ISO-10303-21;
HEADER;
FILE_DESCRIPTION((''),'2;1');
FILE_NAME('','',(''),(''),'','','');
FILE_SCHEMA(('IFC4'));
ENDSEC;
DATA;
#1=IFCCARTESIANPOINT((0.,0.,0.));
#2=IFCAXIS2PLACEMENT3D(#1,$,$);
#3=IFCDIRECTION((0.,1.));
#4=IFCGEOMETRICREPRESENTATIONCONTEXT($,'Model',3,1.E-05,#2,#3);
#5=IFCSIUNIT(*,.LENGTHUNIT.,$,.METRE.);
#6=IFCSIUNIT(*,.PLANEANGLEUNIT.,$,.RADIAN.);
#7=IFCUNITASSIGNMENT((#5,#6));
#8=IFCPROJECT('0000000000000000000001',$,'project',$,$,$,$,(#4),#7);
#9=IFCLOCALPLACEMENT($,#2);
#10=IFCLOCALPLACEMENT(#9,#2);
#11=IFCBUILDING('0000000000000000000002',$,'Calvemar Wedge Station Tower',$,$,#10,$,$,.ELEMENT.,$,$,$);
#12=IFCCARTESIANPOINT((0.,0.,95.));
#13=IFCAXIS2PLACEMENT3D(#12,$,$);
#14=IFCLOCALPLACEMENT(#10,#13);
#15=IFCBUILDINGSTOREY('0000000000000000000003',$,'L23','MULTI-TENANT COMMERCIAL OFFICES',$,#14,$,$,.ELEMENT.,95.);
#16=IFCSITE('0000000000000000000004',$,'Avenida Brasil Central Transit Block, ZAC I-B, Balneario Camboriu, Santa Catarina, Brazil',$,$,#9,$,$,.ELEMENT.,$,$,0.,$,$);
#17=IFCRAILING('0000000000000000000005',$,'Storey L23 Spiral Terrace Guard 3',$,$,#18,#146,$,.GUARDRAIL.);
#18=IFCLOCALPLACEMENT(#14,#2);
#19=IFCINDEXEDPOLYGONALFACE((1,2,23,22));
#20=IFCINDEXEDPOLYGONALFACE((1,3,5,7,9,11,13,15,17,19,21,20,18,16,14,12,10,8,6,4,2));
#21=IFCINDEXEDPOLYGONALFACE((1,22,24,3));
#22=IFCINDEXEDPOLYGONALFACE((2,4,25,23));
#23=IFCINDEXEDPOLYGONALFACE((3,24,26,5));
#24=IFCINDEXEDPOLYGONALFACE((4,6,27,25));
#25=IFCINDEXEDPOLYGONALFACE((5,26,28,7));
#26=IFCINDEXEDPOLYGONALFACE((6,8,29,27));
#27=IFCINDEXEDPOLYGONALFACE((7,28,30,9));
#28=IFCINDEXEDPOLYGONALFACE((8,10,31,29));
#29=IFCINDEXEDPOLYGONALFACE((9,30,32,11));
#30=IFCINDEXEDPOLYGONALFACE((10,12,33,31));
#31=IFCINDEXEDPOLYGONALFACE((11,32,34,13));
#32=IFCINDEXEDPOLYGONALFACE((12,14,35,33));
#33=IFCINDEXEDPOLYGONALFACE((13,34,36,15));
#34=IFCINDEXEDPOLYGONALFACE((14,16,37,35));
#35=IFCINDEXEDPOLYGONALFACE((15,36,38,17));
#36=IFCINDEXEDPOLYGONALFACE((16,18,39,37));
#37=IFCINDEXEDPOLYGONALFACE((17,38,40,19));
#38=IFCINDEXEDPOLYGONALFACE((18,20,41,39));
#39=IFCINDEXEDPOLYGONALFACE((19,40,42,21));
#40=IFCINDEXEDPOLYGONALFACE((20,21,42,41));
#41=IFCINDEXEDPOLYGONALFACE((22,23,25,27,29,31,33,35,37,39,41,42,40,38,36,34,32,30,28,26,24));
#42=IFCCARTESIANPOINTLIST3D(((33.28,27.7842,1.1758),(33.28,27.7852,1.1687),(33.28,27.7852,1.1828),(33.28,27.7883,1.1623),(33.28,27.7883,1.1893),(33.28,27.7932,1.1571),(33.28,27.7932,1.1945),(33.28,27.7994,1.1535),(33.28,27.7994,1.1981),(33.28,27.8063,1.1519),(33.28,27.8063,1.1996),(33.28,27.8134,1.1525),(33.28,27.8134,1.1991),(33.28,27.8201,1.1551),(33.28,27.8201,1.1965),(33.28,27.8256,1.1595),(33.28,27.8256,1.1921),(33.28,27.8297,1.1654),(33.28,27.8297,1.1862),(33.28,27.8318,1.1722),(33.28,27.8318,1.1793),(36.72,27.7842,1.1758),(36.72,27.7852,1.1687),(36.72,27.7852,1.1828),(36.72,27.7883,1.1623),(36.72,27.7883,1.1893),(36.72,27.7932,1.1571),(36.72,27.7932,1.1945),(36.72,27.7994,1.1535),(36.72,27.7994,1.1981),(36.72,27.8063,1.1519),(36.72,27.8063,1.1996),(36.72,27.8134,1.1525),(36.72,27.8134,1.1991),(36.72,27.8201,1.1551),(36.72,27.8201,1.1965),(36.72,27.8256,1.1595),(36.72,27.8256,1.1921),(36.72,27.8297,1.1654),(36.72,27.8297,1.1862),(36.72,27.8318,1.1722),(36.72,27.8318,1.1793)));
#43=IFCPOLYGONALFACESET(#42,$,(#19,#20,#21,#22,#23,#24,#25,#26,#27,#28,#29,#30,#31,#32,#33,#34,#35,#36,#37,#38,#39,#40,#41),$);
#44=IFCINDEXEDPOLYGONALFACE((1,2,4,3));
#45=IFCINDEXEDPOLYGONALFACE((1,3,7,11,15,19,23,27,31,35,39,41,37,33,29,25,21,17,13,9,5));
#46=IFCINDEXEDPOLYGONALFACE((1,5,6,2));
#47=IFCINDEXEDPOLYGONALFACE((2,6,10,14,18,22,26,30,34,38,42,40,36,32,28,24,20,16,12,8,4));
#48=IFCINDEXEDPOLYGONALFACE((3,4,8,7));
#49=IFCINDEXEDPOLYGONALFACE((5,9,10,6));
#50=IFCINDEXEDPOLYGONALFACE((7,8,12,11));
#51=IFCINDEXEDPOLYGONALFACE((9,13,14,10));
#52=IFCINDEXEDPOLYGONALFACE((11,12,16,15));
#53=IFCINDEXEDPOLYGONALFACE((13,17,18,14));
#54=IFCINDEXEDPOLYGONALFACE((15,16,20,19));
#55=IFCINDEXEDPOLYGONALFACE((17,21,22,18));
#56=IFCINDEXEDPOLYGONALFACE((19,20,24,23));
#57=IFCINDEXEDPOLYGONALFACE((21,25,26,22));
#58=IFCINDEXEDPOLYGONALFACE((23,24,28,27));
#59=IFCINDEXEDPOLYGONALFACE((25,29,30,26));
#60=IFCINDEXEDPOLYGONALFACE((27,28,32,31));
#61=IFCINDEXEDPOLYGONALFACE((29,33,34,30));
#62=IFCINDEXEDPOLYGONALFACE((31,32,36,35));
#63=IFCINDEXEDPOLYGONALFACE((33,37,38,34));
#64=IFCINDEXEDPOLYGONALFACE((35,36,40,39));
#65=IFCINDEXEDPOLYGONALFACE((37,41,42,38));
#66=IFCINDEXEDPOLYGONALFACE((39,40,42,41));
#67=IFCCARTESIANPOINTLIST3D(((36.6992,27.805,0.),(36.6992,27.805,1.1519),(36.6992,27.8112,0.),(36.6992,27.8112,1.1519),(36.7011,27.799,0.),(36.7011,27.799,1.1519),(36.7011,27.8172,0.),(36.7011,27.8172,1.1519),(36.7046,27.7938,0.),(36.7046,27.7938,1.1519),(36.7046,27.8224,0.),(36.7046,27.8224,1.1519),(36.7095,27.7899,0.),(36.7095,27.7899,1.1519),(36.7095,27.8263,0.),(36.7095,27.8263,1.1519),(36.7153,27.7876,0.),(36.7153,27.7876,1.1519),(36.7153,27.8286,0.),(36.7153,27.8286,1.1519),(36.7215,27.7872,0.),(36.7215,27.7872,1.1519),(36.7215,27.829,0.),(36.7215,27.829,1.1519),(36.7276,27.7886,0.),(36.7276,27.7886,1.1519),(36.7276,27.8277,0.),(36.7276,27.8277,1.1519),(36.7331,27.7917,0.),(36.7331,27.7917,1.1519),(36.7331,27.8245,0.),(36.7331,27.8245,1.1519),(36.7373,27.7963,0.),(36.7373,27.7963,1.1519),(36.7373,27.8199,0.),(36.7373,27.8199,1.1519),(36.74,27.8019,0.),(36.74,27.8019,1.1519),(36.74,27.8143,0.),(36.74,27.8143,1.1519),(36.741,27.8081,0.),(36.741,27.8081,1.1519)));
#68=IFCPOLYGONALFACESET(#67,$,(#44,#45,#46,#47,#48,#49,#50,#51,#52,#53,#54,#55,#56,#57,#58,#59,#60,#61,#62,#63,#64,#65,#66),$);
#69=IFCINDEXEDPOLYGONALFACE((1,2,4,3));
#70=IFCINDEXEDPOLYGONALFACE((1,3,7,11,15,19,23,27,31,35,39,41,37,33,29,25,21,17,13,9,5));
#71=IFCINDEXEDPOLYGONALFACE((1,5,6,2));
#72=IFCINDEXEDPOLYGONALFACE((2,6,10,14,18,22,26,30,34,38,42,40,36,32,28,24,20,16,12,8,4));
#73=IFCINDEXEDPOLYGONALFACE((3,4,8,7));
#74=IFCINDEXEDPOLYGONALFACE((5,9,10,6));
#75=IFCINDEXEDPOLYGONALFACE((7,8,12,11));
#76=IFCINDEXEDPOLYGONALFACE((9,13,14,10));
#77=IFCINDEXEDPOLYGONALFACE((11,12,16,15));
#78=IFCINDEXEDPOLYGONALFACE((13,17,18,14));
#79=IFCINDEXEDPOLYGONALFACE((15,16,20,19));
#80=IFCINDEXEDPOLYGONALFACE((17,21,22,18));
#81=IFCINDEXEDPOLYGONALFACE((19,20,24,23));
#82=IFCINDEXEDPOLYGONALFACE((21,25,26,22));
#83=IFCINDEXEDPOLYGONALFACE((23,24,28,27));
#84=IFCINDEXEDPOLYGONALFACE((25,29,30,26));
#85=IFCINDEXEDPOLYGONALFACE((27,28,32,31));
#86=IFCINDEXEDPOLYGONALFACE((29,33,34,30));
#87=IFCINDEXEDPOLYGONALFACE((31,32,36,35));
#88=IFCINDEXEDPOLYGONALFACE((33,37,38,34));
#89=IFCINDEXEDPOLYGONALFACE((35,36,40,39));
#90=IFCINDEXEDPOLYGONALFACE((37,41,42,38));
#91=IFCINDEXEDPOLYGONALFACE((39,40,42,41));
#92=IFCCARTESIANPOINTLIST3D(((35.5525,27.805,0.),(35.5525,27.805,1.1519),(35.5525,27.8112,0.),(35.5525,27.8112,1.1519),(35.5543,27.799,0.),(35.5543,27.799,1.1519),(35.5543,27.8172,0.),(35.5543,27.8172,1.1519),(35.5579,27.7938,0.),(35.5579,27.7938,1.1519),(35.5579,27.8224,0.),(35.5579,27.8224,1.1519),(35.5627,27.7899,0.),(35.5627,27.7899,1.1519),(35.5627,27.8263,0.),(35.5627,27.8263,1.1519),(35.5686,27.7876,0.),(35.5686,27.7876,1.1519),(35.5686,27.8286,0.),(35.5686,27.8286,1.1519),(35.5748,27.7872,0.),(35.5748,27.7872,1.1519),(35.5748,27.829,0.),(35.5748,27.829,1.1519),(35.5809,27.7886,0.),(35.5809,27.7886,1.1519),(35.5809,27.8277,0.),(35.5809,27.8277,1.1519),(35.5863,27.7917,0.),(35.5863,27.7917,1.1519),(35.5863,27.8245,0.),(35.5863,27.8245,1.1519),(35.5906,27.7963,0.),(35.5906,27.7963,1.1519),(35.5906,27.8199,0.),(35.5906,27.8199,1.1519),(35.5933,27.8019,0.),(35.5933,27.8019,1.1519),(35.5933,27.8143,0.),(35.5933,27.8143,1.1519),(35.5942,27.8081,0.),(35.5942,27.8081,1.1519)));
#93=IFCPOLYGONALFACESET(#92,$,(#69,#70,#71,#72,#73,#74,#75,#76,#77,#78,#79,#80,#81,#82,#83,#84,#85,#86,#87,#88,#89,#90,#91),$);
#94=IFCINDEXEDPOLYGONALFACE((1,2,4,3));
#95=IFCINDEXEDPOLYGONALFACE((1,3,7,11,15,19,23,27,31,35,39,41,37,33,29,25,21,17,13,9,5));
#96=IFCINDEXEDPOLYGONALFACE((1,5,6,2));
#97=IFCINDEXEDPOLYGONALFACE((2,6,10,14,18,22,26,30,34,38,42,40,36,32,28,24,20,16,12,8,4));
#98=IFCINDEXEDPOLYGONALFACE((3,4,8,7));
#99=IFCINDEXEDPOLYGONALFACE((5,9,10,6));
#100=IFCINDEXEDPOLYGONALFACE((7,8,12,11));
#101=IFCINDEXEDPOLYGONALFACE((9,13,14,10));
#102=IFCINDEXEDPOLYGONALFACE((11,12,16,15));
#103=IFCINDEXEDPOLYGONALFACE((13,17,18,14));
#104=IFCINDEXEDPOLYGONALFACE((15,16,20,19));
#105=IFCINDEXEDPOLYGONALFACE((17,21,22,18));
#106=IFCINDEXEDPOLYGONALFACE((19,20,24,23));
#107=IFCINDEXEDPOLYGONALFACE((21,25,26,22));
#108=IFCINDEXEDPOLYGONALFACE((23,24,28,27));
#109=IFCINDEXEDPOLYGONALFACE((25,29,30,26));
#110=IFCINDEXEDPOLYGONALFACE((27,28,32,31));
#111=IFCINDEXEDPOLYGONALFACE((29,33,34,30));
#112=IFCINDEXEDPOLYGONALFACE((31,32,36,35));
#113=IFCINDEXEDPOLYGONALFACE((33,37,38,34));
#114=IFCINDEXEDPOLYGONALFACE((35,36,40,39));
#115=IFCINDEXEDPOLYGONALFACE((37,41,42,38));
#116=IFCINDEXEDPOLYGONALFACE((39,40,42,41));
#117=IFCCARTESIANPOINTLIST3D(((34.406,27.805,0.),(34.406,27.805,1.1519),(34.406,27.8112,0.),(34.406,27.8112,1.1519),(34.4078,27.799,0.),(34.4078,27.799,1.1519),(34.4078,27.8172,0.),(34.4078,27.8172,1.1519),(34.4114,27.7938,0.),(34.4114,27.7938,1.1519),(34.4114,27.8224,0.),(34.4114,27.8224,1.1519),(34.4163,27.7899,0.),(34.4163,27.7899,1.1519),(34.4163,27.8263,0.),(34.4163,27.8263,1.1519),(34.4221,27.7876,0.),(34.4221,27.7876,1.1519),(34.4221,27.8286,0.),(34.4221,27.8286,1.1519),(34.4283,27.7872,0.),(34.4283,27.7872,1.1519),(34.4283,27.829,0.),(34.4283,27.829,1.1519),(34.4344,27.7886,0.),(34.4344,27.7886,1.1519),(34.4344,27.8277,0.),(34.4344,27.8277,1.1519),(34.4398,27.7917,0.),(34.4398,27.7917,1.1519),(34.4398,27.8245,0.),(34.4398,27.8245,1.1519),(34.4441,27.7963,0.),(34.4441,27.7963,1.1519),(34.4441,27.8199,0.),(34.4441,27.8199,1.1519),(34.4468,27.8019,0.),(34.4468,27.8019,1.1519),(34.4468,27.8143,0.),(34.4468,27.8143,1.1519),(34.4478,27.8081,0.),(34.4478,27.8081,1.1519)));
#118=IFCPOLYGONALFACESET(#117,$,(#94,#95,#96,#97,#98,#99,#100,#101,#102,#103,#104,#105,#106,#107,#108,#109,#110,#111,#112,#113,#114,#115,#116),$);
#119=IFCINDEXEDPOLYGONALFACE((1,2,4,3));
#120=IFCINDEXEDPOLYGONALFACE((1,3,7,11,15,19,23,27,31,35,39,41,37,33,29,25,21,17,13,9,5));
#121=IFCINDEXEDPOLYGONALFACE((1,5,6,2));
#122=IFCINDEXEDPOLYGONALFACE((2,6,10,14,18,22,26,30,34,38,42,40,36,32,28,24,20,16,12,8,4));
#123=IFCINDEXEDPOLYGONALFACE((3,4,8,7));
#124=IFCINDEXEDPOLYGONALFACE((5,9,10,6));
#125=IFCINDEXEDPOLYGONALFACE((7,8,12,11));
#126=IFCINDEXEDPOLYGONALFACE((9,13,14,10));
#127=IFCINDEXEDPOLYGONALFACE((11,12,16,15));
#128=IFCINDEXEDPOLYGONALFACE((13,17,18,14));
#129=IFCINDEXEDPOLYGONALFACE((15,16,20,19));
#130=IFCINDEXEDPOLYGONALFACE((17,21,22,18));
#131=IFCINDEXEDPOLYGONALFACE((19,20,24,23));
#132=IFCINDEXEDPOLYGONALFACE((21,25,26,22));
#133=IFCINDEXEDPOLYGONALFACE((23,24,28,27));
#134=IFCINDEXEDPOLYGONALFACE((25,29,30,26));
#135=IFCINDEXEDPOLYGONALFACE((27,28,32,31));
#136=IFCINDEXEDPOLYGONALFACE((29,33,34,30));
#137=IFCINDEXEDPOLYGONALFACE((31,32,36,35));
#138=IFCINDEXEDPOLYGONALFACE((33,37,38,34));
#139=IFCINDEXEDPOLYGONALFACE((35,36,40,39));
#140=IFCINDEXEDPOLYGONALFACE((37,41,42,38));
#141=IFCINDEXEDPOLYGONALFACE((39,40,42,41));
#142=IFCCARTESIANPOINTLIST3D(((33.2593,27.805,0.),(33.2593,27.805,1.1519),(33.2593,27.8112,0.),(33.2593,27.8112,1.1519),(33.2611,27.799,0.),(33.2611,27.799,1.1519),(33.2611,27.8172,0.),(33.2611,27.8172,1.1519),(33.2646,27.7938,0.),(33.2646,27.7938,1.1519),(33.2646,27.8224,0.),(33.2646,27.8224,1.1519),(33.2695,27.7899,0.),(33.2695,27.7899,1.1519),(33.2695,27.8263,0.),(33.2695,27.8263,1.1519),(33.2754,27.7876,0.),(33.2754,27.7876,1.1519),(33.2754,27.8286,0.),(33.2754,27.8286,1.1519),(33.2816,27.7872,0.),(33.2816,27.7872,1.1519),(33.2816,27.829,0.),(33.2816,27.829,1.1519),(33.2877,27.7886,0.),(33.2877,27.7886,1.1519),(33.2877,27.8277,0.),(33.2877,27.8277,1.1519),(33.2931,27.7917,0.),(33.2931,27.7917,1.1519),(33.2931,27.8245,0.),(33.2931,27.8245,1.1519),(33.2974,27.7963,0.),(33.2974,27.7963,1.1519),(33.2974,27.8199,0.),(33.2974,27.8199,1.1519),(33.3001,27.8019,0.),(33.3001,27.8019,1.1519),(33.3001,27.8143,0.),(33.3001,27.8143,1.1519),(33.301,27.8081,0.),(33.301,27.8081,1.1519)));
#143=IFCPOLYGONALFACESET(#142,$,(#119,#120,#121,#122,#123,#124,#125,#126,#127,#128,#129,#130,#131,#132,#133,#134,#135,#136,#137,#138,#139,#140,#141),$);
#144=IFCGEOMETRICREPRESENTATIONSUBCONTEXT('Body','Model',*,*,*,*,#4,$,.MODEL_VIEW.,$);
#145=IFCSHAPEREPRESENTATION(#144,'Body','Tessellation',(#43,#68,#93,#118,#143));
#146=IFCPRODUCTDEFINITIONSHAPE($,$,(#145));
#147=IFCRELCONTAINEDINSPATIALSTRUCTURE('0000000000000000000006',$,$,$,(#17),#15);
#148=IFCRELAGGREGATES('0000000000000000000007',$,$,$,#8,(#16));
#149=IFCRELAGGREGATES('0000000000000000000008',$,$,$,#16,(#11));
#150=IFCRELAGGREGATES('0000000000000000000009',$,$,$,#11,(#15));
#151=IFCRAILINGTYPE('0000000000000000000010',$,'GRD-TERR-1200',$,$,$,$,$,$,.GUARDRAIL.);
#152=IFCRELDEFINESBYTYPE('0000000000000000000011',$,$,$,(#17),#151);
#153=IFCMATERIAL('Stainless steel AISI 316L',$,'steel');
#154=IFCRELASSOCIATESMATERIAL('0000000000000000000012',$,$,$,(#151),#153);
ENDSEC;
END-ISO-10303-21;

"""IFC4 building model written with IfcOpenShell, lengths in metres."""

from ifc_helpers import new_model, si_unit, direction, frame, origin, origin_2d, place, context, subcontext, project, spatial, circle, extrude, material, type_object, element, save


model = new_model("IFC4")

# Units and contexts
model_context = context("Model", 3, precision=1e-05, world=origin(), true_north=direction((0.0, 1.0)))
body_context = subcontext(model_context, "Body", "Model", "MODEL_VIEW")
ifc_project = project(units=[si_unit("LENGTHUNIT", "METRE"), si_unit("PLANEANGLEUNIT", "RADIAN")], contexts=[model_context])

# Site, building, storey
site_placement = place(None, origin())
site = spatial("IfcSite", under=ifc_project, at=site_placement, Name="Avenida Brasil Central Transit Block, ZAC I-B, Balneario Camboriu, Santa Catarina, Brazil", CompositionType="ELEMENT", RefElevation=0.0)
building_placement = place(site_placement, origin())
building = spatial("IfcBuilding", under=site, at=building_placement, Name="Calvemar Wedge Station Tower", CompositionType="ELEMENT")
storey_placement = place(building_placement, frame((0.0, 0.0, 95.0)))
storey = spatial("IfcBuildingStorey", under=building, at=storey_placement, Name="L23", Description="MULTI-TENANT COMMERCIAL OFFICES", CompositionType="ELEMENT", Elevation=95.0)

# Railing
ifc_material_1 = material(Name="Stainless steel AISI 316L", Category="steel")
railing_type = type_object("IfcRailingType", Name="GRD-TERR-1200", PredefinedType="GUARDRAIL", material=ifc_material_1)
railing_1_placement = place(storey_placement, frame((36.72, 27.8081, 0.0)))
element("IfcRailing", 1, at=railing_1_placement, inside=storey, type_object=railing_type, Name="Storey L23 Spiral Terrace Guard 3", PredefinedType="GUARDRAIL", context=body_context, shape_type="SweptSolid", body=[
    extrude(circle(Radius=0.0239, at=origin_2d()), frame((0.0, 0.0, 1.1758), z_axis=(-1.0, 0.0, 0.0), x_axis=(0.0, -1.0, 0.0)), (0.0, 0.0, 1.0), 3.4399),
    extrude(circle(Radius=0.021, at=origin_2d()), origin(), (0.0, 0.0, 1.0), 1.1519),
    extrude(circle(Radius=0.021, at=origin_2d()), frame((-1.1467, 0.0, 0.0)), (0.0, 0.0, 1.0), 1.1519),
    extrude(circle(Radius=0.021, at=origin_2d()), frame((-2.2932, 0.0, 0.0)), (0.0, 0.0, 1.0), 1.1519),
    extrude(circle(Radius=0.021, at=origin_2d()), frame((-3.4399, 0.0, 0.0)), (0.0, 0.0, 1.0), 1.1519),
])

save(model, "model.ifc")
